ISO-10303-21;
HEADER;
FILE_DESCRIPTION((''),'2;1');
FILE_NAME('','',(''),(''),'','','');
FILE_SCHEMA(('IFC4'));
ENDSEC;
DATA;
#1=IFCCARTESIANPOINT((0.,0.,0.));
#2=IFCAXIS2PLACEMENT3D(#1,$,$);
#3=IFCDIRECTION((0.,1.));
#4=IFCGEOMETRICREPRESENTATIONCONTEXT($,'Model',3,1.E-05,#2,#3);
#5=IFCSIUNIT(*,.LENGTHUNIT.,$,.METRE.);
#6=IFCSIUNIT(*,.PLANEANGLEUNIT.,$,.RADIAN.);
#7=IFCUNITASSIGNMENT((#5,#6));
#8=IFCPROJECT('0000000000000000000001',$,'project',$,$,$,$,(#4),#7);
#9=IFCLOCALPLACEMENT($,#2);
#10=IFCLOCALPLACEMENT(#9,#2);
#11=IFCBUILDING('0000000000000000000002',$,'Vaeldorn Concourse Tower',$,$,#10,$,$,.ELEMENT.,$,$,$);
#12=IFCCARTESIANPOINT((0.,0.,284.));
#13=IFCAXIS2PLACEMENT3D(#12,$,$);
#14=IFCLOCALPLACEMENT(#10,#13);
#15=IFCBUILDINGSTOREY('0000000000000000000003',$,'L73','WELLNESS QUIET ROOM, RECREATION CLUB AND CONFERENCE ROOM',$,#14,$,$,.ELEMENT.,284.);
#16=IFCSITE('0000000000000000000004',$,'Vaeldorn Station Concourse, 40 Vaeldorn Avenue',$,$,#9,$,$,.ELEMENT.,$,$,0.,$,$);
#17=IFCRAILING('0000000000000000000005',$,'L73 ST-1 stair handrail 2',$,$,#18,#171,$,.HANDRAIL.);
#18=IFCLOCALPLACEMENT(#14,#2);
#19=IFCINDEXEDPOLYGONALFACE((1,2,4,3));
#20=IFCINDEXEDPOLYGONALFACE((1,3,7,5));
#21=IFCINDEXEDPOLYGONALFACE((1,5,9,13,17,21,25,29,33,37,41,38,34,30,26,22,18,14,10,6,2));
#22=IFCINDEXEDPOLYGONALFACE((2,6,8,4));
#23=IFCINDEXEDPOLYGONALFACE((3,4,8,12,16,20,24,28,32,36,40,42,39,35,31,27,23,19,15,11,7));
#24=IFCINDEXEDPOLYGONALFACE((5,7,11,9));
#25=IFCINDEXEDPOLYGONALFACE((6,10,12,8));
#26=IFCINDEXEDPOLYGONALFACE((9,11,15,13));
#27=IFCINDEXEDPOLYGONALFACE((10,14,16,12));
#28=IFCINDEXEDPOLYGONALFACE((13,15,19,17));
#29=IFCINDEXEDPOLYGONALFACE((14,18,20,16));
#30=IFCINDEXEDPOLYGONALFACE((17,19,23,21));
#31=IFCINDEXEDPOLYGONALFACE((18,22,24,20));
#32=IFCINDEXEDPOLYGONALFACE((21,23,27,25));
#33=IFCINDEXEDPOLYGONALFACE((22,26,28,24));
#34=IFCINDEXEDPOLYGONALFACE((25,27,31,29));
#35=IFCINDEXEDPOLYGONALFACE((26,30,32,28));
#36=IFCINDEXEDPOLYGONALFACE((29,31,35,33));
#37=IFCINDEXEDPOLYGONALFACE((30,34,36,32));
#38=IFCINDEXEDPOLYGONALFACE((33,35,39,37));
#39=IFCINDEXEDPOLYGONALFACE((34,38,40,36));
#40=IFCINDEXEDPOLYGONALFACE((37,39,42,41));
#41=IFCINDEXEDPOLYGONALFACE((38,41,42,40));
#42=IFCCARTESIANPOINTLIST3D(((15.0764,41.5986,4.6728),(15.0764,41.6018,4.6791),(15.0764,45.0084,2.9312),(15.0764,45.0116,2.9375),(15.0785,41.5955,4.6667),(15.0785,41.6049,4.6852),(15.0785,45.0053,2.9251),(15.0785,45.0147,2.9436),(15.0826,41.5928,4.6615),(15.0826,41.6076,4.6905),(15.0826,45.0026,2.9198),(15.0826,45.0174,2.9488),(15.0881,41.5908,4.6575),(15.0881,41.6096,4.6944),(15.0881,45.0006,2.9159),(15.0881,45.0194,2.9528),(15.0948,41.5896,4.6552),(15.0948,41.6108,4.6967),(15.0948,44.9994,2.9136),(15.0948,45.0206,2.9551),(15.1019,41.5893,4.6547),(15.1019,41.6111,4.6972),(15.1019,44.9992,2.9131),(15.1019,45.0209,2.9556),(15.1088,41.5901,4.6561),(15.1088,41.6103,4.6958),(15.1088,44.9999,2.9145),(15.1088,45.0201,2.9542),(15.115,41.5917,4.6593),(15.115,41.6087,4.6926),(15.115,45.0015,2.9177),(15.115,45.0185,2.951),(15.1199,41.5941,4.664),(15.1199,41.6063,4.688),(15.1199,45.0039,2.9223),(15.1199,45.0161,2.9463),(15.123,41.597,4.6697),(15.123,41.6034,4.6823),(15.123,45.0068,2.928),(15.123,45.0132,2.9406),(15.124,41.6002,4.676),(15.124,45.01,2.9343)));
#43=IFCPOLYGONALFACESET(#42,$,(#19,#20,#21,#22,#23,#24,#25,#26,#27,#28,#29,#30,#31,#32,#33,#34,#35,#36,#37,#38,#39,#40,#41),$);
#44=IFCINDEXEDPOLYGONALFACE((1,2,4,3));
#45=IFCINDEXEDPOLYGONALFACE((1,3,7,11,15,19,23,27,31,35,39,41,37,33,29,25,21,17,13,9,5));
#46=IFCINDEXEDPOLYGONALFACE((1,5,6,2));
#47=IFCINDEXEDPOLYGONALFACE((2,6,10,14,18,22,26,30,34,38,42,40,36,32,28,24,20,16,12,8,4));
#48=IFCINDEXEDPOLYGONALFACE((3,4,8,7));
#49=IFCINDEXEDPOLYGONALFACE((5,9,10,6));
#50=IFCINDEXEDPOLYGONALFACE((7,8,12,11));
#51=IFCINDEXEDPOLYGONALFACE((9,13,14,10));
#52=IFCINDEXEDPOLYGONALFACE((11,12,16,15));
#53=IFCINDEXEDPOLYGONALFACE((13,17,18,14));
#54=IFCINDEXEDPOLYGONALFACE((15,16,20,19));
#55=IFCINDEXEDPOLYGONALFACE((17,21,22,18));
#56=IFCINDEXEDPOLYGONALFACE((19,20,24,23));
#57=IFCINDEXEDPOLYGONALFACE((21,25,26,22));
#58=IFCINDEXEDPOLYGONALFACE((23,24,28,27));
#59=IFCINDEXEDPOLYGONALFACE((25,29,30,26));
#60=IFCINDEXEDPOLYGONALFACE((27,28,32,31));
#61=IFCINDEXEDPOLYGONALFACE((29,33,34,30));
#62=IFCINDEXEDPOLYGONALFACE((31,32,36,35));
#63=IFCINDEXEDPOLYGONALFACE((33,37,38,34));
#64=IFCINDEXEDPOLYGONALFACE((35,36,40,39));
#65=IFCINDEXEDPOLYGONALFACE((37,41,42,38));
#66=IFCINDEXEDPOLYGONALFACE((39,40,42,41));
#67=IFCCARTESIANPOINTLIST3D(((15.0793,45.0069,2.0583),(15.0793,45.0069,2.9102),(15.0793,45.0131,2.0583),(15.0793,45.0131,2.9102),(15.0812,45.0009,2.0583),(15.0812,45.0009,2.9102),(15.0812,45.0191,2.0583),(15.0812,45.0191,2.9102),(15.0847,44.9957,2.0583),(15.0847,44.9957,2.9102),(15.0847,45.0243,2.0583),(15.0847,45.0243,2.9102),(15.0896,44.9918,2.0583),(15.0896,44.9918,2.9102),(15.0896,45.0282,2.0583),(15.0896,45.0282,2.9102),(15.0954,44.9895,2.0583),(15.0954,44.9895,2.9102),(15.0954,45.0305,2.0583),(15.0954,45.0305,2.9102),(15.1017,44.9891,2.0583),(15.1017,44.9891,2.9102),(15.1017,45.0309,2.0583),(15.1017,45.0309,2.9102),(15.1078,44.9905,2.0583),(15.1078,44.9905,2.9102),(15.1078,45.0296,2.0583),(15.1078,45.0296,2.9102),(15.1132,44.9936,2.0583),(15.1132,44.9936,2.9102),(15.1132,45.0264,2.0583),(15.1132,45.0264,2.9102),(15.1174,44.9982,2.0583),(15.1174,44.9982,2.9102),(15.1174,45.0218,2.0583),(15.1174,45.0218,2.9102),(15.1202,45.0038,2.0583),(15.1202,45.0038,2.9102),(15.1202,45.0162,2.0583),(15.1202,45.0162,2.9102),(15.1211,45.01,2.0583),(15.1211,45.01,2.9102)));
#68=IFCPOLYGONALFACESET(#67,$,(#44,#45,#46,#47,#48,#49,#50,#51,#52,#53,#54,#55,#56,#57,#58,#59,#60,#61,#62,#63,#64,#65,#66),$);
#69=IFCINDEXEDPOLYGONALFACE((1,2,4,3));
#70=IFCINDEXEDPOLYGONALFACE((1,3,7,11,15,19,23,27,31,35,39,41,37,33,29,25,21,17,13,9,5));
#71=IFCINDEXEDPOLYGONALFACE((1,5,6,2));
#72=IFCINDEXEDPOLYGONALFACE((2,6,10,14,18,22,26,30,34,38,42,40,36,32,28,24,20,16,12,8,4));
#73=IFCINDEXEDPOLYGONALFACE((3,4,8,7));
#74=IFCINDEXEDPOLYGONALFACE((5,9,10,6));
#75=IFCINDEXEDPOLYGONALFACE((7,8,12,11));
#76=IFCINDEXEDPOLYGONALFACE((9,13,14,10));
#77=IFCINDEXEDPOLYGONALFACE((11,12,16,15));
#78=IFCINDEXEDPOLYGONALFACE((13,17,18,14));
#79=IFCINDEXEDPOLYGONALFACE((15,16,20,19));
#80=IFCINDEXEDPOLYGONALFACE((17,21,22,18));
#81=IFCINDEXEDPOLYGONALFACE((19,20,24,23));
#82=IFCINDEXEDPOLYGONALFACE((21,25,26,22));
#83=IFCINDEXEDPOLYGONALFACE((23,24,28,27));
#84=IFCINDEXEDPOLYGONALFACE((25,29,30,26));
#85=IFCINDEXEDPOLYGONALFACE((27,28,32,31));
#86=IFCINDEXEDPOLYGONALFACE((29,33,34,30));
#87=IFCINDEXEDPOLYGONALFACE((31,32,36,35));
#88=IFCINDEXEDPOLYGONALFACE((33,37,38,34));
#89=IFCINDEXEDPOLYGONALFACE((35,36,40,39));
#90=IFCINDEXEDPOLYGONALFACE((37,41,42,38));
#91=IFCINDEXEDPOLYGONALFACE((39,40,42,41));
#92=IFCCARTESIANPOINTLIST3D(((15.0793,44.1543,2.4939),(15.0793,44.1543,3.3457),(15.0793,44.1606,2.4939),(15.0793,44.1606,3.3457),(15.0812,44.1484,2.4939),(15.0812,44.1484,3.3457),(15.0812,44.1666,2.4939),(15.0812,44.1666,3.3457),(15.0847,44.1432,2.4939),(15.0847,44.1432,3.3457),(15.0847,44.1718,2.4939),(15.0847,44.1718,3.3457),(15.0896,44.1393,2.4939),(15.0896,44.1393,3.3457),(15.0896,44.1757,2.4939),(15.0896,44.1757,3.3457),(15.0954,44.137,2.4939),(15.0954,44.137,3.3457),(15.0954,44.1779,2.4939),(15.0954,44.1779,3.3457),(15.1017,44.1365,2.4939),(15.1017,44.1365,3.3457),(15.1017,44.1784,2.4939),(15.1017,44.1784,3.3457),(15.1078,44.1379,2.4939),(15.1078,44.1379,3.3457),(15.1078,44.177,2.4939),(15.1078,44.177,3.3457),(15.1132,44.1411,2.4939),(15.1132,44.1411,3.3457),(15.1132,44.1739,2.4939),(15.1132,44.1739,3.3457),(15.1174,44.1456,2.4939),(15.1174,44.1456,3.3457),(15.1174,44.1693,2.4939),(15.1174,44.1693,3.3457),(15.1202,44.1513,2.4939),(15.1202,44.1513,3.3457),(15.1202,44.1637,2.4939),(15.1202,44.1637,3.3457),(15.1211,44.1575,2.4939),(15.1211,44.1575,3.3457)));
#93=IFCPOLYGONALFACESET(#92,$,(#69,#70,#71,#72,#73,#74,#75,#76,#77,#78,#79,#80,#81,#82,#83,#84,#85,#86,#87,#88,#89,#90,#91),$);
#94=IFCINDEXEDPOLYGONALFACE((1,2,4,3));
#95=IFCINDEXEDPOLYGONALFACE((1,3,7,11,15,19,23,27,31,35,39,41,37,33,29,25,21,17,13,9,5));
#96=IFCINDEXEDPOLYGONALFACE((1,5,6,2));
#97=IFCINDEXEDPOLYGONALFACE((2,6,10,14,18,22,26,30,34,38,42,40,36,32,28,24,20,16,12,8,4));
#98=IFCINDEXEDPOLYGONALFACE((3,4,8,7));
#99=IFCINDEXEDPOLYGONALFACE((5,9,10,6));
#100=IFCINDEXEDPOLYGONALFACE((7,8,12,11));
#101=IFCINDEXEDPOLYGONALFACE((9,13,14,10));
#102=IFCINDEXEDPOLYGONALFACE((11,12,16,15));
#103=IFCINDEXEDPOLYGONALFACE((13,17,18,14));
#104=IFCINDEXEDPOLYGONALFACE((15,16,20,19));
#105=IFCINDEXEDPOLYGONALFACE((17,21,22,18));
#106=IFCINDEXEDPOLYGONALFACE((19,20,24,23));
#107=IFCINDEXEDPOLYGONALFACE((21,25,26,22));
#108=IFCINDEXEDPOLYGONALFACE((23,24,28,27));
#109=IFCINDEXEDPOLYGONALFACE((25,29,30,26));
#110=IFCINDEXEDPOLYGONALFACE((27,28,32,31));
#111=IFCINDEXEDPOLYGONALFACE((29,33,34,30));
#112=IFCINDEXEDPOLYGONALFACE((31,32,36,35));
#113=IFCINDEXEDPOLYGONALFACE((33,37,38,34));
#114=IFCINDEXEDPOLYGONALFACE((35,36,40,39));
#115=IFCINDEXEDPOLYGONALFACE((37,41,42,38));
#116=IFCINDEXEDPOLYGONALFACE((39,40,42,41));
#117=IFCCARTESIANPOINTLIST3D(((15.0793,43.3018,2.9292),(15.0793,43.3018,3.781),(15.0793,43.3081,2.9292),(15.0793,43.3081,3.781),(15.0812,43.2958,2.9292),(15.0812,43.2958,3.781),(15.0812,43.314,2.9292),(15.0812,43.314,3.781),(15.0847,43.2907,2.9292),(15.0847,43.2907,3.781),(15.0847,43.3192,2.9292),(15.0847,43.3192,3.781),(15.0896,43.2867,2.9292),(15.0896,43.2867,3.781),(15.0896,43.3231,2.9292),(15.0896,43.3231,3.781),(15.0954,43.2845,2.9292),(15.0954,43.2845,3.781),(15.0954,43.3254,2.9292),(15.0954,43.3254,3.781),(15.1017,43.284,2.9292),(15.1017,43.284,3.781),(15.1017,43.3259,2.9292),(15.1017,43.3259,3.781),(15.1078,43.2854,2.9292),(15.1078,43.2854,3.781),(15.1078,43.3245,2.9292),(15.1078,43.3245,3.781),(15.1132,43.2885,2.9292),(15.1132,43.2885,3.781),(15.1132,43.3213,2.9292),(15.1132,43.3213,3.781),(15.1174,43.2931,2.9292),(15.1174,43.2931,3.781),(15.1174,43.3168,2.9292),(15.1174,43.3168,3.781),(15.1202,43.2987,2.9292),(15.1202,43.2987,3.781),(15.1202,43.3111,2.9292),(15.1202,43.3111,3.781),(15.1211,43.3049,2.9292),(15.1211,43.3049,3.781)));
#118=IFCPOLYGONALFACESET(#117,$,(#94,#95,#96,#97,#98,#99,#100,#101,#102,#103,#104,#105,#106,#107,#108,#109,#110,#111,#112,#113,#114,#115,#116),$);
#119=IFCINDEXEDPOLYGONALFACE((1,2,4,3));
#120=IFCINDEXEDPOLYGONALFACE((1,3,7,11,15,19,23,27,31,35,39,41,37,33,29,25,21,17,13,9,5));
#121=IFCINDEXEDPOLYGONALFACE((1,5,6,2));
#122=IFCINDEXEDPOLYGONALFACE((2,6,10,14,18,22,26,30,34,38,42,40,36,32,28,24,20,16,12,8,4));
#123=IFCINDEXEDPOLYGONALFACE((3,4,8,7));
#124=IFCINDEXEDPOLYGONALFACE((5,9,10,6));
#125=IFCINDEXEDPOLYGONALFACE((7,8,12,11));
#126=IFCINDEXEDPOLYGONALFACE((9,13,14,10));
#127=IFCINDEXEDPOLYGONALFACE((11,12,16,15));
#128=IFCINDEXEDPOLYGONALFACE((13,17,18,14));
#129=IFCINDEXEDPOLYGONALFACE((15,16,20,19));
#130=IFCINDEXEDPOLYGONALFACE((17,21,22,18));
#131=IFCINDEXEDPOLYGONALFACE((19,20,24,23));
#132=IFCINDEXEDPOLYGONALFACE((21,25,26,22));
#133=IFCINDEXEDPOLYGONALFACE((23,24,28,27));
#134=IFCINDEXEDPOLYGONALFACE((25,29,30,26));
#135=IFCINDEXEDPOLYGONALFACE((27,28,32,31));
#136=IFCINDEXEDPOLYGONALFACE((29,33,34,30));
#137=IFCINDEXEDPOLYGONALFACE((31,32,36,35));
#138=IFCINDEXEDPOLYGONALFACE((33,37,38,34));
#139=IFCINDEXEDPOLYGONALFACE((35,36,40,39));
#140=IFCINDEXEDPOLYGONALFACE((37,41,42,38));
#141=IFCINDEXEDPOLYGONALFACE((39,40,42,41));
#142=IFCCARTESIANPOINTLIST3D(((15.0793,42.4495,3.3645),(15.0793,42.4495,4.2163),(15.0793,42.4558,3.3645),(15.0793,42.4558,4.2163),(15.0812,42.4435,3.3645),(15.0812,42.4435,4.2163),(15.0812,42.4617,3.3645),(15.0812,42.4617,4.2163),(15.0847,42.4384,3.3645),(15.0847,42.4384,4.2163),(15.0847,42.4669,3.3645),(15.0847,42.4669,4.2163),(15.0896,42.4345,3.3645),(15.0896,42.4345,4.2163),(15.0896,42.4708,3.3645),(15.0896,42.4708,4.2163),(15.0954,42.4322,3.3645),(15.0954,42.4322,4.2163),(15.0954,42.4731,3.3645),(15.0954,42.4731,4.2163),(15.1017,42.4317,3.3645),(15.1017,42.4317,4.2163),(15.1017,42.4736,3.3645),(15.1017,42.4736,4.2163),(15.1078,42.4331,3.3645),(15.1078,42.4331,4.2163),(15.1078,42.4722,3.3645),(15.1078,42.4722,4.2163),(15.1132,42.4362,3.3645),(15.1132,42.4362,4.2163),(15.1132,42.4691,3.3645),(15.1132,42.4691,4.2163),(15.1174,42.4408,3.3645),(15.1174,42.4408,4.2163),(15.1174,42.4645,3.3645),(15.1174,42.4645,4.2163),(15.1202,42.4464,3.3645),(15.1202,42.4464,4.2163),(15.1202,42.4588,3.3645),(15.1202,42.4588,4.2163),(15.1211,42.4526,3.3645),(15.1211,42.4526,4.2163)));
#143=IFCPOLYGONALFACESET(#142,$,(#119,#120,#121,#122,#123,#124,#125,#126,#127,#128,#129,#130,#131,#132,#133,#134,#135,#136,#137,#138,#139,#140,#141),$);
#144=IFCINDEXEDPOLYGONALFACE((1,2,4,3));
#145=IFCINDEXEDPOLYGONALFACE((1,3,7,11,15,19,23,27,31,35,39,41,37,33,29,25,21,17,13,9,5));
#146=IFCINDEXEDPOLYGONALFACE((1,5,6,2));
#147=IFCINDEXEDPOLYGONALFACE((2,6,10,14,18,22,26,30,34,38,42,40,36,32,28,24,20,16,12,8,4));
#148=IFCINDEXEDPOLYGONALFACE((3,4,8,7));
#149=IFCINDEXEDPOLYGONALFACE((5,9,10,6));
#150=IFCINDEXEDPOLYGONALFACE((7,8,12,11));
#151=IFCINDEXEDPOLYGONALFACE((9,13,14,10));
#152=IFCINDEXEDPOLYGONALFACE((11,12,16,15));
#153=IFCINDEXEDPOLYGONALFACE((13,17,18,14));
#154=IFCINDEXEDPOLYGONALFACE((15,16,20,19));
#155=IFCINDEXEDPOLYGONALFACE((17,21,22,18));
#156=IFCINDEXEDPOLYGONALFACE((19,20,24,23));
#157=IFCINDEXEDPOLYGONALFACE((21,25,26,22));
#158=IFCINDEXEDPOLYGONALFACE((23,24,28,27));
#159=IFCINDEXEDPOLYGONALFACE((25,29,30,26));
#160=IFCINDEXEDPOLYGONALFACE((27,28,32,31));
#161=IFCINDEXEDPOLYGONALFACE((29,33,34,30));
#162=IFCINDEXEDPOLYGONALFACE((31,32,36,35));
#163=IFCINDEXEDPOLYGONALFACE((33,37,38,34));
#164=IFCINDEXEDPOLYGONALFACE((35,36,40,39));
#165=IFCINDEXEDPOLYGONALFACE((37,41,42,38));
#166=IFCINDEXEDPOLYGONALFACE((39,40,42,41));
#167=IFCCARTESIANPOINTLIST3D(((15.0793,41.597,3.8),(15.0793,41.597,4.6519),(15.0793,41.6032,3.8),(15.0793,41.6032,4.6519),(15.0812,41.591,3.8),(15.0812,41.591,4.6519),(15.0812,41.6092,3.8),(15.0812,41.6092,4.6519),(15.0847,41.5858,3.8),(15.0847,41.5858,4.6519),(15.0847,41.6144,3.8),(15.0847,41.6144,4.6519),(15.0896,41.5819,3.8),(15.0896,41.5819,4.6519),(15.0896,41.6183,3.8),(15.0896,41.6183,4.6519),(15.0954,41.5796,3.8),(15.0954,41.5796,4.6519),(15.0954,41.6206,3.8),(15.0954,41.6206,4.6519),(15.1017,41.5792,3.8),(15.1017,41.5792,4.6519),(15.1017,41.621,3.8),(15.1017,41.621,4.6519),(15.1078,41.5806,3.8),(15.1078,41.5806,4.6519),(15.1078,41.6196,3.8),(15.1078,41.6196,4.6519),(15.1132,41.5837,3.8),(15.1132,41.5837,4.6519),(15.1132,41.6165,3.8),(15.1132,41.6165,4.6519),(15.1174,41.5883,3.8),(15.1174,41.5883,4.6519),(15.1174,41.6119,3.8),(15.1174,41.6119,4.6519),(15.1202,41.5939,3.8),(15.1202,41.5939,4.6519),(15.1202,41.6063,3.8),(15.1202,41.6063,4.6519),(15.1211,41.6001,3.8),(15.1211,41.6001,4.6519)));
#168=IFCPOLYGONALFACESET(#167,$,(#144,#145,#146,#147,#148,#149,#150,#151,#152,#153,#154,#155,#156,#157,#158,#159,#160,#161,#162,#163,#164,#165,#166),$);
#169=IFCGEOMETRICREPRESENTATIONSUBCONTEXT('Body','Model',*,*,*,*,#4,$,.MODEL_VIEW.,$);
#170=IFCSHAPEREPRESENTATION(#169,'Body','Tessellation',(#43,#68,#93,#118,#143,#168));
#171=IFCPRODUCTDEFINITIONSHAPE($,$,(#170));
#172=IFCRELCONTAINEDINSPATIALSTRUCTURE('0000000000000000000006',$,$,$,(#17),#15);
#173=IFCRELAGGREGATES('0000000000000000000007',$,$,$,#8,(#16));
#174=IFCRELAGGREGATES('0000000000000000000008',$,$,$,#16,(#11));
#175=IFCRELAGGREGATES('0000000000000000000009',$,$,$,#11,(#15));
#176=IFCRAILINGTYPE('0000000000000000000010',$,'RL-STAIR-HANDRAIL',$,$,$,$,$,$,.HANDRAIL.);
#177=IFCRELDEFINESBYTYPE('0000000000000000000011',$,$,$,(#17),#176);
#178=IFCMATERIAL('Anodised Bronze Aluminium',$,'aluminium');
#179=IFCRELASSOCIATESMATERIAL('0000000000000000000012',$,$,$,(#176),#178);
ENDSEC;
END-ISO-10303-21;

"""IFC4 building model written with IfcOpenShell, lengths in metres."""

from ifc_helpers import new_model, si_unit, direction, frame, origin, origin_2d, place, context, subcontext, project, spatial, circle, extrude, material, type_object, element, save


model = new_model("IFC4")

# Units and contexts
model_context = context("Model", 3, precision=1e-05, world=origin(), true_north=direction((0.0, 1.0)))
body_context = subcontext(model_context, "Body", "Model", "MODEL_VIEW")
ifc_project = project(units=[si_unit("LENGTHUNIT", "METRE"), si_unit("PLANEANGLEUNIT", "RADIAN")], contexts=[model_context])

# Site, building, storey
site_placement = place(None, origin())
site = spatial("IfcSite", under=ifc_project, at=site_placement, Name="Vaeldorn Station Concourse, 40 Vaeldorn Avenue", CompositionType="ELEMENT", RefElevation=0.0)
building_placement = place(site_placement, origin())
building = spatial("IfcBuilding", under=site, at=building_placement, Name="Vaeldorn Concourse Tower", CompositionType="ELEMENT")
storey_placement = place(building_placement, frame((0.0, 0.0, 284.0)))
storey = spatial("IfcBuildingStorey", under=building, at=storey_placement, Name="L73", Description="WELLNESS QUIET ROOM, RECREATION CLUB AND CONFERENCE ROOM", CompositionType="ELEMENT", Elevation=284.0)

# Shared definitions
ifc_material_1 = material(Name="Anodised Bronze Aluminium", Category="aluminium")

# Railing
railing_type_1 = type_object("IfcRailingType", Name="RL-STAIR-HANDRAIL", PredefinedType="HANDRAIL", material=ifc_material_1)
railing_1_placement = place(storey_placement, frame((15.1001, 45.01, 2.0583)))
element("IfcRailing", 1, at=railing_1_placement, inside=storey, type_object=railing_type_1, Name="L73 ST-1 stair handrail 2", PredefinedType="HANDRAIL", context=body_context, shape_type="SweptSolid", body=[
    extrude(circle(Radius=0.0239, at=origin_2d()), frame((0.0, 0.0, 0.876), z_axis=(0.0, -0.890556, 0.454874), x_axis=(1.0, 0.0, 0.0)), (0.0, 0.0, 1.0), 3.8289),
    extrude(circle(Radius=0.021, at=origin_2d()), origin(), (0.0, 0.0, 1.0), 0.8518),
    extrude(circle(Radius=0.021, at=origin_2d()), frame((0.0, -0.8525, 0.4355)), (0.0, 0.0, 1.0), 0.8518),
    extrude(circle(Radius=0.021, at=origin_2d()), frame((0.0, -1.7051, 0.8708)), (0.0, 0.0, 1.0), 0.8518),
    extrude(circle(Radius=0.021, at=origin_2d()), frame((0.0, -2.5574, 1.3062)), (0.0, 0.0, 1.0), 0.8518),
    extrude(circle(Radius=0.021, at=origin_2d()), frame((0.0, -3.4099, 1.7417)), (0.0, 0.0, 1.0), 0.8518),
])

save(model, "model.ifc")
